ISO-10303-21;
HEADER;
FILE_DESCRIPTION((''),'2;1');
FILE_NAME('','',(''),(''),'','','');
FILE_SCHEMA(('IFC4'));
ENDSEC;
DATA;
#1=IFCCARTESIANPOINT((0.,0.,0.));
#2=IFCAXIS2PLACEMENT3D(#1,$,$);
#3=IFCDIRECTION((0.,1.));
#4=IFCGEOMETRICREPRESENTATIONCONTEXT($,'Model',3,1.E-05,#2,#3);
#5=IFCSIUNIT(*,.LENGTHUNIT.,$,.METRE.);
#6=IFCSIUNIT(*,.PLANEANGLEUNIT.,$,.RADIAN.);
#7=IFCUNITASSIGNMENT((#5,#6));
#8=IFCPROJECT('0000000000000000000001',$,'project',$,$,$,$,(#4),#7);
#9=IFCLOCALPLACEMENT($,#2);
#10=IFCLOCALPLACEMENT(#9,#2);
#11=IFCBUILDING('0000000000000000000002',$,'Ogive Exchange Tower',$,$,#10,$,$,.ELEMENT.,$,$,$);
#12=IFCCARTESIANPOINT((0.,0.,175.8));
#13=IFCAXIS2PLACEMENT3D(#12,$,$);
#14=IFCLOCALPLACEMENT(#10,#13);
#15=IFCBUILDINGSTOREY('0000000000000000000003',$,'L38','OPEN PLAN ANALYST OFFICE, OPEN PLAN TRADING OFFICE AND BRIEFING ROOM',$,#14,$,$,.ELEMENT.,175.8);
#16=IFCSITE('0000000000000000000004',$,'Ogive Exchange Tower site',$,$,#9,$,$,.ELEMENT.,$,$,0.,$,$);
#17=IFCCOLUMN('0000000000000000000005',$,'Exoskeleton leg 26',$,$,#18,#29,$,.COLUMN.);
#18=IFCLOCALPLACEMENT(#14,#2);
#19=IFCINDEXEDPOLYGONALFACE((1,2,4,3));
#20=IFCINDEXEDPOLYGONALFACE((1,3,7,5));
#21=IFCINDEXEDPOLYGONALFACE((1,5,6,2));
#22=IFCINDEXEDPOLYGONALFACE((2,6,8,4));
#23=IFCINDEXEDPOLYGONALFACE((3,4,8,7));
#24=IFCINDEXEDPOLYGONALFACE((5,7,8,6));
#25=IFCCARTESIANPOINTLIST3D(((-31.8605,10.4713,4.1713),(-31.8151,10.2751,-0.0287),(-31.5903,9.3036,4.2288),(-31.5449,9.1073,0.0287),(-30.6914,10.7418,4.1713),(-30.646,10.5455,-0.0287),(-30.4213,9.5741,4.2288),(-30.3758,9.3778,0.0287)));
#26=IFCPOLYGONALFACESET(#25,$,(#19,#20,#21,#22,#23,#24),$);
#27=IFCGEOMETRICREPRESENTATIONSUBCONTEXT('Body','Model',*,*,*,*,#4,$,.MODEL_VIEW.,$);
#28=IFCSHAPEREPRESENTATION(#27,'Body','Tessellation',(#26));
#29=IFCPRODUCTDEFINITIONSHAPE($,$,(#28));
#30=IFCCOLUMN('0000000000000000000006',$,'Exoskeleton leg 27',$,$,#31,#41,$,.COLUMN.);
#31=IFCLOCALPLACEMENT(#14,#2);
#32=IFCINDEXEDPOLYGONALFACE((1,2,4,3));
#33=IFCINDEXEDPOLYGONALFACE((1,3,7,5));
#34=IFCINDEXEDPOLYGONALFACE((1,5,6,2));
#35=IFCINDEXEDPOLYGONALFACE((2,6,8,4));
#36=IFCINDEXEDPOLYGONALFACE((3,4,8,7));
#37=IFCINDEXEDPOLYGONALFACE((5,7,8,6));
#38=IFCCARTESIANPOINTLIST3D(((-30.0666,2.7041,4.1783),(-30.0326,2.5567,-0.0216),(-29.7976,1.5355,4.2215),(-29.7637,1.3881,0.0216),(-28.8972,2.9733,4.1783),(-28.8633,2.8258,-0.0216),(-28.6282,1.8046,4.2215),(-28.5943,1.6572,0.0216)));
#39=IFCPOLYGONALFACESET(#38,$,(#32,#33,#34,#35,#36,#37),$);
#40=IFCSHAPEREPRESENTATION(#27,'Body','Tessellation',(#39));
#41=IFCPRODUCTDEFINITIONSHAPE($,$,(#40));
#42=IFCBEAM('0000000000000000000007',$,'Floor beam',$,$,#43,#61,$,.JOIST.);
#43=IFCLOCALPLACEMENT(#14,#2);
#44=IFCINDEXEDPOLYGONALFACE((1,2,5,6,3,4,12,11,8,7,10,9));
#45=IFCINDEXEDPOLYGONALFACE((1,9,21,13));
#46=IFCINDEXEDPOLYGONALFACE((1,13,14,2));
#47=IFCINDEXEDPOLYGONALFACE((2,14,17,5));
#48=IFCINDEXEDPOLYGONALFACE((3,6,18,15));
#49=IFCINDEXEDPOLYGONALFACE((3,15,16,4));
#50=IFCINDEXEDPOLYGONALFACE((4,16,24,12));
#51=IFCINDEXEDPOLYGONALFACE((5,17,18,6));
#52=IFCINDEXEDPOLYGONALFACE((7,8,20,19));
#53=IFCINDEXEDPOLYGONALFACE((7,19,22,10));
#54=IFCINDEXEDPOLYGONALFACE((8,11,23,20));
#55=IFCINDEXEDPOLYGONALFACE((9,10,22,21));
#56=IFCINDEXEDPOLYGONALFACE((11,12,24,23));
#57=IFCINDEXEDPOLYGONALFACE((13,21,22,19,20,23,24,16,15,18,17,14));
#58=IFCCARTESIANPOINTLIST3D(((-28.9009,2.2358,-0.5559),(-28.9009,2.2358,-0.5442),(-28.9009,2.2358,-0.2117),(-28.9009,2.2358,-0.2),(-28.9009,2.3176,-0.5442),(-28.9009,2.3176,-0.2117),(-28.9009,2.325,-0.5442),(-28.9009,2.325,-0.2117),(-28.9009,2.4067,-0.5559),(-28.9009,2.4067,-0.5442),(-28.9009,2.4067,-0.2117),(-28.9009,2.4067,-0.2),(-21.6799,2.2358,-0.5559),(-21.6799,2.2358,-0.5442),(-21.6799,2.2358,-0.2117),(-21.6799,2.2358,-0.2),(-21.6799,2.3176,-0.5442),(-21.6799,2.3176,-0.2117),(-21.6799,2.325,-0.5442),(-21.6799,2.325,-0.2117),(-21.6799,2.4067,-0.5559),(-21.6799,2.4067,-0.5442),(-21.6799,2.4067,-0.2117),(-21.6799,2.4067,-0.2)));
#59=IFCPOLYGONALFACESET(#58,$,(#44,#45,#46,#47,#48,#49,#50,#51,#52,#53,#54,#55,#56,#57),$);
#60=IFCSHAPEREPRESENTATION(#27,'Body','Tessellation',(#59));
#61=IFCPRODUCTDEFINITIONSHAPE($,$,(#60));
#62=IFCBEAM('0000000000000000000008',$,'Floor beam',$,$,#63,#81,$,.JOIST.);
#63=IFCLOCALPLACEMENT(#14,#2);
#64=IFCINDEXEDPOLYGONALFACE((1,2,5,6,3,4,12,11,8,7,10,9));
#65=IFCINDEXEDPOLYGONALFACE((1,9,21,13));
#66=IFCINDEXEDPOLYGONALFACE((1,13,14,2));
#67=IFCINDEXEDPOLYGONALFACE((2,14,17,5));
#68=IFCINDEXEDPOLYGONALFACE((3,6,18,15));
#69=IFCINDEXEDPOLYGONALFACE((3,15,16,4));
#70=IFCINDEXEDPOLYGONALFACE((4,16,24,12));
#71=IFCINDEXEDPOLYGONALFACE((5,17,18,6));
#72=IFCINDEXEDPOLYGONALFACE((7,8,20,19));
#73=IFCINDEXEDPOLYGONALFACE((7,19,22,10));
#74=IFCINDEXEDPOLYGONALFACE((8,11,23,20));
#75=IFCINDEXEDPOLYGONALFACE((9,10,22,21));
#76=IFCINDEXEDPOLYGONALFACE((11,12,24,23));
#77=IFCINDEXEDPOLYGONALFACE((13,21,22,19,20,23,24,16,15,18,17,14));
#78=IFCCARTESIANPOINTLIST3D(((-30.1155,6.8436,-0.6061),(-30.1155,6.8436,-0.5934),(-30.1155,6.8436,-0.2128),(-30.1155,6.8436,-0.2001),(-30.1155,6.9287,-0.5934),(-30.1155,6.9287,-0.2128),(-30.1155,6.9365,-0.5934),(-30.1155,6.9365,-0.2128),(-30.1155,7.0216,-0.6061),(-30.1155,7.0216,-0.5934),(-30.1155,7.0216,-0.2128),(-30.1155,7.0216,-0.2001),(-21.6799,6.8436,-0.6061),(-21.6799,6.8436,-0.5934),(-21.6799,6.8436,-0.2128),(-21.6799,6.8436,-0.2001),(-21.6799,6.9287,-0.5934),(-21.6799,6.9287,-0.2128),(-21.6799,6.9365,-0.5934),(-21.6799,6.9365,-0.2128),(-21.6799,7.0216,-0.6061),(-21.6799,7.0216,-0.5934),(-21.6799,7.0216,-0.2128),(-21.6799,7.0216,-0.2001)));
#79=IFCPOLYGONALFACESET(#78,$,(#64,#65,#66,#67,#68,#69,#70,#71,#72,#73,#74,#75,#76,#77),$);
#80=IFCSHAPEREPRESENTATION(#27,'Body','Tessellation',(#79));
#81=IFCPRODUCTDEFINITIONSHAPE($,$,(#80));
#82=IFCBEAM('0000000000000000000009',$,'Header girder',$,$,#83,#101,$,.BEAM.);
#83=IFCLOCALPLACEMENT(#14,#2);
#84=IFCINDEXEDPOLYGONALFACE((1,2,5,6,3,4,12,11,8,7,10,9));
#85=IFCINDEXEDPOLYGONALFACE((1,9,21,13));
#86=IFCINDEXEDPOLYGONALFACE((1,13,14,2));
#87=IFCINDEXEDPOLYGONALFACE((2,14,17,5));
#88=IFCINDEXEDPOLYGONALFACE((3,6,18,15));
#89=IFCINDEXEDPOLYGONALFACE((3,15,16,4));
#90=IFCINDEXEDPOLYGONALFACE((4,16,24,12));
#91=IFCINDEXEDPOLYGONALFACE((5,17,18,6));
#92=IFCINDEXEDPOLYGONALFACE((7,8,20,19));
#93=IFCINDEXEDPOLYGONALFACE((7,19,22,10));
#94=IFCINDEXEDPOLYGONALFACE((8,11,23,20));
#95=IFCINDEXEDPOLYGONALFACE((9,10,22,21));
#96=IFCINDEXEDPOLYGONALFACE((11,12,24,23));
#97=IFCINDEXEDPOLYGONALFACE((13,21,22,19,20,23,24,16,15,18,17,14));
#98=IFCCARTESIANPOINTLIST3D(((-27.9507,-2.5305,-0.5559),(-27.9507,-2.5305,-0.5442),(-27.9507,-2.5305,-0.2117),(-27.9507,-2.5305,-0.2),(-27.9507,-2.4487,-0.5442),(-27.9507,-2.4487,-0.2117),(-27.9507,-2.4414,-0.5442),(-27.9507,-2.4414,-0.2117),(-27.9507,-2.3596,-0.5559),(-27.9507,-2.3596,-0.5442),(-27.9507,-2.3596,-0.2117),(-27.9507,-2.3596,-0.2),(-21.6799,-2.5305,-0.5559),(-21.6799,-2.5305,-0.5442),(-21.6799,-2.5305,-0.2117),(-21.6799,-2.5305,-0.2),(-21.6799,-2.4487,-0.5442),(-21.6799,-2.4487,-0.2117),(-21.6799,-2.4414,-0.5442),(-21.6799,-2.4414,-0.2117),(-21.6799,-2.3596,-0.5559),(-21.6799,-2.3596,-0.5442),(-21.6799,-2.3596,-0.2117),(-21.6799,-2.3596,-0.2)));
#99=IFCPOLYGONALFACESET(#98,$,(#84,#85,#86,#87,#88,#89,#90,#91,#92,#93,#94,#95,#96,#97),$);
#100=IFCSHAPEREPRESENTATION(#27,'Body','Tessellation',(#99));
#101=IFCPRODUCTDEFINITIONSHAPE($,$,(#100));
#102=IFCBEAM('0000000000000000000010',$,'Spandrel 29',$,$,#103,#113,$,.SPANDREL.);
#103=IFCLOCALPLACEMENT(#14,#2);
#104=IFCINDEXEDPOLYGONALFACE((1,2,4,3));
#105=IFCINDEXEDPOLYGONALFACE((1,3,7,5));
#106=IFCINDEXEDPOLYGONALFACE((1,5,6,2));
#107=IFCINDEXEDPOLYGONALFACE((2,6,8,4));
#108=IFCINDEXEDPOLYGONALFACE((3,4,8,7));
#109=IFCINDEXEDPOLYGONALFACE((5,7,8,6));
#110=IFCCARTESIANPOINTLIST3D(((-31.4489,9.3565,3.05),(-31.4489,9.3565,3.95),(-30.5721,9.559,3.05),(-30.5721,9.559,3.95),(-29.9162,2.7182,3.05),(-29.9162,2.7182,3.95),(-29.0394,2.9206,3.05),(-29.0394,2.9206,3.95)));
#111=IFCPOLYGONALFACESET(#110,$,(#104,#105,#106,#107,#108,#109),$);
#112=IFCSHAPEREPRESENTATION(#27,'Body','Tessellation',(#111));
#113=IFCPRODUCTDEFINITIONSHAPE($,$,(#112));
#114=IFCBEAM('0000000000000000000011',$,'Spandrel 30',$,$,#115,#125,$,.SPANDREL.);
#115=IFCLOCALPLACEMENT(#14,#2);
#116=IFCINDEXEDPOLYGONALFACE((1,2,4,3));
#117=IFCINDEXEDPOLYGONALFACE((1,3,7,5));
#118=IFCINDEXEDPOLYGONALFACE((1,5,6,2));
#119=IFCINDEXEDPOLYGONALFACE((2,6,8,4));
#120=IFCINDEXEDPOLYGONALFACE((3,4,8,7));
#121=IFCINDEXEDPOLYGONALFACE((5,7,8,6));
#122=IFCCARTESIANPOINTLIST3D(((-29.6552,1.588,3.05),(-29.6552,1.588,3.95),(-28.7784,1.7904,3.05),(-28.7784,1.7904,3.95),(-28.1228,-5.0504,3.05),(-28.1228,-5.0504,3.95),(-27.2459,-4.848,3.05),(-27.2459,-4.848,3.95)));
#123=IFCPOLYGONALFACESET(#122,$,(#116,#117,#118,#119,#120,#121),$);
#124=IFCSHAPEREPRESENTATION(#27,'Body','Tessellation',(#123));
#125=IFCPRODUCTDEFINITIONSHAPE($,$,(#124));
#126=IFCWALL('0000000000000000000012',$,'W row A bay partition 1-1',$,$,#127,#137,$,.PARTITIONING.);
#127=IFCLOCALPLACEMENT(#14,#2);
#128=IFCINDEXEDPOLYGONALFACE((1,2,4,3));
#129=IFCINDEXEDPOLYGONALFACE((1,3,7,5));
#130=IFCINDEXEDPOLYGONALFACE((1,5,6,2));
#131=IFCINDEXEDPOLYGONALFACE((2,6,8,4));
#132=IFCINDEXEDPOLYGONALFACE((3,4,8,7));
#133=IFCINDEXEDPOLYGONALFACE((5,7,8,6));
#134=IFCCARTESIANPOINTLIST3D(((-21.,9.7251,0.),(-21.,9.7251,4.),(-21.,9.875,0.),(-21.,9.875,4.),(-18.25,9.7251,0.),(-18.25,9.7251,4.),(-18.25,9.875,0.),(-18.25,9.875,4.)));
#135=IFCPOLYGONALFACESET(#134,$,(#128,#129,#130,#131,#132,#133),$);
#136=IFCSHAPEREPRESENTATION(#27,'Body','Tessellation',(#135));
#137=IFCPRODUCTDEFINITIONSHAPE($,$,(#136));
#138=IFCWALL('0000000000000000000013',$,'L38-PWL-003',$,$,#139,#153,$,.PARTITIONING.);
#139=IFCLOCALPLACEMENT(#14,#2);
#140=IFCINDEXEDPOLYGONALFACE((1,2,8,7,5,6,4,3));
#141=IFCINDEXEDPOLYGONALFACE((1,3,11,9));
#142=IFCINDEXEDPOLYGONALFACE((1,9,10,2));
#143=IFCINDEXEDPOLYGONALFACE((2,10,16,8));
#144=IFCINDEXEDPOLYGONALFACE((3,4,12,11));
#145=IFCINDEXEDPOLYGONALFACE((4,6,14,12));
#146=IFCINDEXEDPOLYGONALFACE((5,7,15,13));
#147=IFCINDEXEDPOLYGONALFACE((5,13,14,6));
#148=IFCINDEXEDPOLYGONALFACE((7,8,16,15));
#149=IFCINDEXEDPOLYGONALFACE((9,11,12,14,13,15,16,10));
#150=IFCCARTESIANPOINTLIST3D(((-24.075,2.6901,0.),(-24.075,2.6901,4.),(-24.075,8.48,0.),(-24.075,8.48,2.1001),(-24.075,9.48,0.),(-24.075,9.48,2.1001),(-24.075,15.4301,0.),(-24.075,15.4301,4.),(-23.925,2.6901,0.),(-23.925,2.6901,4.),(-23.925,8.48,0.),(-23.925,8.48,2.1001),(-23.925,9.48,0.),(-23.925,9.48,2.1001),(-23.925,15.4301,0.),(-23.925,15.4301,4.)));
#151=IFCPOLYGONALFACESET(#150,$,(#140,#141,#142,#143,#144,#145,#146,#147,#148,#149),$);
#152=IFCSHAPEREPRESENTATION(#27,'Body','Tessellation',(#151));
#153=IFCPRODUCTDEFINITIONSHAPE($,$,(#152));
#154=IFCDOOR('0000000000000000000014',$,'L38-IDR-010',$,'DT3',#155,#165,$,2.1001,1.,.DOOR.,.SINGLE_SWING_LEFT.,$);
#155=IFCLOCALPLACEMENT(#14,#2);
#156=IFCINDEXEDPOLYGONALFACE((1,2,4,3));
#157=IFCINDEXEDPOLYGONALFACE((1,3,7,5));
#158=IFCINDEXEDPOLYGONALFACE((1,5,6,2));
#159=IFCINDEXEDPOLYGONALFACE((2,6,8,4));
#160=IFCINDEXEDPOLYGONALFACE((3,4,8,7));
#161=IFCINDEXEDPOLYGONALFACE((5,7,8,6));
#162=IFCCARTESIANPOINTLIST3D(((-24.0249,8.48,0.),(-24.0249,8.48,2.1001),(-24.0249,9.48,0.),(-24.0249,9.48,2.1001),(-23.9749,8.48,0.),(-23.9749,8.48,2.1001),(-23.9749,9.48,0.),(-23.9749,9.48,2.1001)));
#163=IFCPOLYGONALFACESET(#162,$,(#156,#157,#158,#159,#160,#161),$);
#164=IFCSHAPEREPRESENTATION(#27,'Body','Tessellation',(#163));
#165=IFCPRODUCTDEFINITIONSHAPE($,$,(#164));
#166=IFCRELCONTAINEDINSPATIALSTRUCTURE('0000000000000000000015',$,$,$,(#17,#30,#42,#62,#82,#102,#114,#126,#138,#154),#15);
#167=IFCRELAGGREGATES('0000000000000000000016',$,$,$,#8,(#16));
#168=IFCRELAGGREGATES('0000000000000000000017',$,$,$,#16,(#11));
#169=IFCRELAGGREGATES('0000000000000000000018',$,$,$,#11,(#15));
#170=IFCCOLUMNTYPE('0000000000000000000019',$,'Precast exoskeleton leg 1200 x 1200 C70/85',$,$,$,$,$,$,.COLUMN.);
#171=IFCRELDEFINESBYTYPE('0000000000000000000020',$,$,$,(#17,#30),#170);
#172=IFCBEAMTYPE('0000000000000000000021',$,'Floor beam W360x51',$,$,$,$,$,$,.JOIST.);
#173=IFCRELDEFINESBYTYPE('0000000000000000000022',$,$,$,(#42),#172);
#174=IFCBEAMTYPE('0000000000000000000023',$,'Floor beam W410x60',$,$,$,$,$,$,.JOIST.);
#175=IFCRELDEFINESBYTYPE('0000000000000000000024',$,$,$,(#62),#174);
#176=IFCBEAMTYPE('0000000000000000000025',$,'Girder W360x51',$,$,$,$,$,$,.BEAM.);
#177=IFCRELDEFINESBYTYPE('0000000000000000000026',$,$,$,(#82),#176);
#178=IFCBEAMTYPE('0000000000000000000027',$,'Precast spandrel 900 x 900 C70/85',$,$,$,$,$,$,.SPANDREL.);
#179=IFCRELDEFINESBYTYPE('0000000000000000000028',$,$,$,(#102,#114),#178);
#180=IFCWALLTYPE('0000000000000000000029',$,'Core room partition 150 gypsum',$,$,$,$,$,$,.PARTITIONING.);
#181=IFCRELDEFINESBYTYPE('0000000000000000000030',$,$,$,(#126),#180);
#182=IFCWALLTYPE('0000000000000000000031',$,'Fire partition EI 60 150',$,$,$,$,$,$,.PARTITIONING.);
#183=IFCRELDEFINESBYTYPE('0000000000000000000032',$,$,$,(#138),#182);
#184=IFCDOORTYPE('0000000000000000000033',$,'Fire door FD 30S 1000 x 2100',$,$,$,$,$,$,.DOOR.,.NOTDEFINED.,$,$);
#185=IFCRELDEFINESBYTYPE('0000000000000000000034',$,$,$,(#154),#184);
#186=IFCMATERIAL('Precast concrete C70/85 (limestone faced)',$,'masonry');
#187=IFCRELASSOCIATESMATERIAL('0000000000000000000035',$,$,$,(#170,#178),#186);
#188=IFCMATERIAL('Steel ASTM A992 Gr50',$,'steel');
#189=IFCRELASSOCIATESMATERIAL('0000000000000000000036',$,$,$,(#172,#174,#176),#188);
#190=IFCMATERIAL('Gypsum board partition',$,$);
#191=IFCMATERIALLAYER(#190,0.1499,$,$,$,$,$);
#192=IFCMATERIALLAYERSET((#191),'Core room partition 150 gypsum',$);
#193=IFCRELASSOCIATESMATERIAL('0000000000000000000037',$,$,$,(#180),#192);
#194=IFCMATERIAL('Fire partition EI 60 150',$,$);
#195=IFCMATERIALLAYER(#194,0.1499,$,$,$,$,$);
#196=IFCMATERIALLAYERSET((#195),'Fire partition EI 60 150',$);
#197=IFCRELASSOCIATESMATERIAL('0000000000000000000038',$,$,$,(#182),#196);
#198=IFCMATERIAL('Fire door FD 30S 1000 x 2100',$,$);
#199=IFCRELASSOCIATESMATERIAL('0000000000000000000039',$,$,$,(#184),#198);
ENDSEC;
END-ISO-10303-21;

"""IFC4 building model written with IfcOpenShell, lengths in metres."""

from ifc_helpers import new_model, si_unit, direction, frame, frame_2d, origin, origin_2d, place, context, subcontext, project, spatial, rectangle, i_section, extrude, material, layer, layer_set, material_profile, profile_set, type_object, element, fill, save


model = new_model("IFC4")

# Units and contexts
model_context = context("Model", 3, precision=1e-05, world=origin(), true_north=direction((0.0, 1.0)))
body_context = subcontext(model_context, "Body", "Model", "MODEL_VIEW")
ifc_project = project(units=[si_unit("LENGTHUNIT", "METRE"), si_unit("PLANEANGLEUNIT", "RADIAN")], contexts=[model_context])

# Site, building, storey
site_placement = place(None, origin())
site = spatial("IfcSite", under=ifc_project, at=site_placement, Name="Ogive Exchange Tower site", CompositionType="ELEMENT", RefElevation=0.0)
building_placement = place(site_placement, origin())
building = spatial("IfcBuilding", under=site, at=building_placement, Name="Ogive Exchange Tower", CompositionType="ELEMENT")
storey_placement = place(building_placement, frame((0.0, 0.0, 175.8)))
storey = spatial("IfcBuildingStorey", under=building, at=storey_placement, Name="L38", Description="OPEN PLAN ANALYST OFFICE, OPEN PLAN TRADING OFFICE AND BRIEFING ROOM", CompositionType="ELEMENT", Elevation=175.8)

# Columns
ifc_material_1 = material(Name="Precast concrete C70/85 (limestone faced)", Category="masonry")
ifc_material_profile_1 = material_profile(ifc_material_1, rectangle(XDim=1.2, YDim=1.2, at=origin_2d()), Name="1200 x 1200")
ifc_profile_set_1 = profile_set([ifc_material_profile_1], Name="Precast concrete C70/85 (limestone faced)")
column_type = type_object("IfcColumnType", Name="Precast exoskeleton leg 1200 x 1200 C70/85", PredefinedType="COLUMN", material=ifc_profile_set_1)
column_1_placement = place(storey_placement, frame((-31.0955, 9.8264, 0.0), z_axis=(-0.0108, 0.046682, 0.998851), x_axis=(-0.974269, -0.22539, 0.0)))
element("IfcColumn", 1, at=column_1_placement, inside=storey, type_object=column_type, Name="Exoskeleton leg 26", PredefinedType="COLUMN", context=body_context, shape_type="SweptSolid", body=[
    extrude(rectangle(XDim=1.2, YDim=1.2, at=origin_2d()), origin(), (0.0, 0.0, 1.0), 4.2048),
])
column_2_placement = place(storey_placement, frame((-29.3135, 2.1069, 0.0), z_axis=(-0.008075, 0.035087, 0.999352), x_axis=(-0.974527, -0.22427, 0.0)))
element("IfcColumn", 2, at=column_2_placement, inside=storey, type_object=column_type, Name="Exoskeleton leg 27", PredefinedType="COLUMN", context=body_context, shape_type="SweptSolid", body=[
    extrude(rectangle(XDim=1.2, YDim=1.2, at=origin_2d()), origin(), (0.0, 0.0, 1.0), 4.2026),
])

# Beams
ifc_material_2 = material(Name="Steel ASTM A992 Gr50", Category="steel")
ifc_material_profile_2 = material_profile(ifc_material_2, i_section(OverallWidth=0.1709, OverallDepth=0.356, WebThickness=0.0073, FlangeThickness=0.0117, at=origin_2d()), Name="W360x51")
ifc_profile_set_2 = profile_set([ifc_material_profile_2], Name="Steel ASTM A992 Gr50")
beam_type_1 = type_object("IfcBeamType", Name="Floor beam W360x51", PredefinedType="JOIST", material=ifc_profile_set_2)
beam_1_placement = place(storey_placement, frame((-28.9009, 2.3213, -0.3779), z_axis=(1.0, 0.0, 0.0), x_axis=(0.0, 1.0, 0.0)))
element("IfcBeam", 3, at=beam_1_placement, inside=storey, type_object=beam_type_1, Name="Floor beam", PredefinedType="JOIST", context=body_context, shape_type="SweptSolid", body=[
    extrude(i_section(OverallWidth=0.1709, OverallDepth=0.356, WebThickness=0.0073, FlangeThickness=0.0117, at=origin_2d()), origin(), (0.0, 0.0, 1.0), 7.2209),
])
ifc_material_profile_3 = material_profile(ifc_material_2, i_section(OverallWidth=0.178, OverallDepth=0.406, WebThickness=0.0078, FlangeThickness=0.0127, at=origin_2d()), Name="W410x60")
ifc_profile_set_3 = profile_set([ifc_material_profile_3], Name="Steel ASTM A992 Gr50")
beam_type_2 = type_object("IfcBeamType", Name="Floor beam W410x60", PredefinedType="JOIST", material=ifc_profile_set_3)
beam_2_placement = place(storey_placement, frame((-30.1155, 6.9326, -0.4031), z_axis=(1.0, 0.0, 0.0), x_axis=(0.0, 1.0, 0.0)))
element("IfcBeam", 4, at=beam_2_placement, inside=storey, type_object=beam_type_2, Name="Floor beam", PredefinedType="JOIST", context=body_context, shape_type="SweptSolid", body=[
    extrude(i_section(OverallWidth=0.178, OverallDepth=0.406, WebThickness=0.0078, FlangeThickness=0.0127, at=origin_2d()), origin(), (0.0, 0.0, 1.0), 8.4355),
])
ifc_material_profile_4 = material_profile(ifc_material_2, i_section(OverallWidth=0.1709, OverallDepth=0.356, WebThickness=0.0073, FlangeThickness=0.0117, at=origin_2d()), Name="W360x51")
ifc_profile_set_4 = profile_set([ifc_material_profile_4], Name="Steel ASTM A992 Gr50")
beam_type_3 = type_object("IfcBeamType", Name="Girder W360x51", PredefinedType="BEAM", material=ifc_profile_set_4)
beam_3_placement = place(storey_placement, frame((-27.9507, -2.4451, -0.3779), z_axis=(1.0, 0.0, 0.0), x_axis=(0.0, 1.0, 0.0)))
element("IfcBeam", 5, at=beam_3_placement, inside=storey, type_object=beam_type_3, Name="Header girder", PredefinedType="BEAM", context=body_context, shape_type="SweptSolid", body=[
    extrude(i_section(OverallWidth=0.1709, OverallDepth=0.356, WebThickness=0.0073, FlangeThickness=0.0117, at=origin_2d()), origin(), (0.0, 0.0, 1.0), 6.2708),
])
ifc_material_profile_5 = material_profile(ifc_material_1, rectangle(XDim=0.8999, YDim=0.8999, at=origin_2d()), Name="900 x 900")
ifc_profile_set_5 = profile_set([ifc_material_profile_5], Name="Precast concrete C70/85 (limestone faced)")
beam_type_4 = type_object("IfcBeamType", Name="Precast spandrel 900 x 900 C70/85", PredefinedType="SPANDREL", material=ifc_profile_set_5)
for number, where, z_axis, x_axis, name in (
    (6, (-31.0105, 9.4578, 3.5), (0.224967, -0.974366, 0.0), (0.974366, 0.224967, 0.0), "Spandrel 29"),
    (7, (-29.2168, 1.6892, 3.5), (0.224933, -0.974374, 0.0), (0.974374, 0.224933, 0.0), "Spandrel 30"),
):
    element("IfcBeam", number, at=place(storey_placement, frame(where, z_axis=z_axis, x_axis=x_axis)), inside=storey, type_object=beam_type_4, Name=name, PredefinedType="SPANDREL", context=body_context, shape_type="SweptSolid", body=[
        extrude(rectangle(XDim=0.8999, YDim=0.8999, at=origin_2d()), origin(), (0.0, 0.0, 1.0), 6.813),
    ])

# Wall
ifc_material_3 = material(Name="Gypsum board partition")
ifc_layer_1 = layer(ifc_material_3, 0.1499)
ifc_layer_set_1 = layer_set([ifc_layer_1], Name="Core room partition 150 gypsum")
wall_type_1 = type_object("IfcWallType", Name="Core room partition 150 gypsum", PredefinedType="PARTITIONING", material=ifc_layer_set_1)
wall_1_placement = place(storey_placement, frame((-21.0, 9.8, 0.0), z_axis=(0.0, 0.0, 1.0), x_axis=(1.0, 0.0, 0.0)))
element("IfcWall", 8, at=wall_1_placement, inside=storey, type_object=wall_type_1, Name="W row A bay partition 1-1", PredefinedType="PARTITIONING", context=body_context, shape_type="SweptSolid", body=[
    extrude(rectangle(XDim=2.75, YDim=0.1499, at=frame_2d((1.375, 0.0))), origin(), (0.0, 0.0, 1.0), 4.0),
])

# Wall, opening, door
ifc_material_4 = material(Name="Fire partition EI 60 150")
ifc_layer_2 = layer(ifc_material_4, 0.1499)
ifc_layer_set_2 = layer_set([ifc_layer_2], Name="Fire partition EI 60 150")
wall_type_2 = type_object("IfcWallType", Name="Fire partition EI 60 150", PredefinedType="PARTITIONING", material=ifc_layer_set_2)
wall_2_placement = place(storey_placement, frame((-24.0, 2.6899, 0.0), z_axis=(0.0, 0.0, 1.0), x_axis=(0.0, 1.0, 0.0)))
wall_2 = element("IfcWall", 9, at=wall_2_placement, inside=storey, type_object=wall_type_2, Name="L38-PWL-003", PredefinedType="PARTITIONING", context=body_context, shape_type="SweptSolid", body=[
    extrude(rectangle(XDim=12.74, YDim=0.1499, at=frame_2d((6.3701, 0.0))), origin(), (0.0, 0.0, 1.0), 4.0),
])
opening_1_placement = place(wall_2_placement, frame((5.79, 0.0, 0.0)))
opening_1 = element("IfcOpeningElement", 10, at=opening_1_placement, cuts=wall_2, PredefinedType="OPENING", context=body_context, shape_type="SweptSolid", body=[
    extrude(rectangle(XDim=1.0, YDim=2.1001, at=frame_2d((0.5, 1.05))), frame((0.0, 0.085, 0.0), z_axis=(0.0, -1.0, 0.0), x_axis=(1.0, 0.0, 0.0)), (0.0, 0.0, 1.0), 0.1699),
])
ifc_material_5 = material(Name="Fire door FD 30S 1000 x 2100")
door_type_1 = type_object("IfcDoorType", Name="Fire door FD 30S 1000 x 2100", OperationType="NOTDEFINED", PredefinedType="DOOR", material=ifc_material_5)
door_1_placement = place(opening_1_placement, origin())
door_1 = element("IfcDoor", 11, at=door_1_placement, inside=storey, type_object=door_type_1, Name="L38-IDR-010", ObjectType="DT3", OperationType="SINGLE_SWING_LEFT", OverallHeight=2.1001, OverallWidth=1.0, PredefinedType="DOOR", context=body_context, shape_type="SweptSolid", body=[
    extrude(rectangle(XDim=1.0, YDim=2.1001, at=frame_2d((0.5, 1.05))), frame((0.0, 0.0249, 0.0), z_axis=(0.0, -1.0, 0.0), x_axis=(1.0, 0.0, 0.0)), (0.0, 0.0, 1.0), 0.05),
])
fill(opening_1, door_1)

save(model, "model.ifc")
